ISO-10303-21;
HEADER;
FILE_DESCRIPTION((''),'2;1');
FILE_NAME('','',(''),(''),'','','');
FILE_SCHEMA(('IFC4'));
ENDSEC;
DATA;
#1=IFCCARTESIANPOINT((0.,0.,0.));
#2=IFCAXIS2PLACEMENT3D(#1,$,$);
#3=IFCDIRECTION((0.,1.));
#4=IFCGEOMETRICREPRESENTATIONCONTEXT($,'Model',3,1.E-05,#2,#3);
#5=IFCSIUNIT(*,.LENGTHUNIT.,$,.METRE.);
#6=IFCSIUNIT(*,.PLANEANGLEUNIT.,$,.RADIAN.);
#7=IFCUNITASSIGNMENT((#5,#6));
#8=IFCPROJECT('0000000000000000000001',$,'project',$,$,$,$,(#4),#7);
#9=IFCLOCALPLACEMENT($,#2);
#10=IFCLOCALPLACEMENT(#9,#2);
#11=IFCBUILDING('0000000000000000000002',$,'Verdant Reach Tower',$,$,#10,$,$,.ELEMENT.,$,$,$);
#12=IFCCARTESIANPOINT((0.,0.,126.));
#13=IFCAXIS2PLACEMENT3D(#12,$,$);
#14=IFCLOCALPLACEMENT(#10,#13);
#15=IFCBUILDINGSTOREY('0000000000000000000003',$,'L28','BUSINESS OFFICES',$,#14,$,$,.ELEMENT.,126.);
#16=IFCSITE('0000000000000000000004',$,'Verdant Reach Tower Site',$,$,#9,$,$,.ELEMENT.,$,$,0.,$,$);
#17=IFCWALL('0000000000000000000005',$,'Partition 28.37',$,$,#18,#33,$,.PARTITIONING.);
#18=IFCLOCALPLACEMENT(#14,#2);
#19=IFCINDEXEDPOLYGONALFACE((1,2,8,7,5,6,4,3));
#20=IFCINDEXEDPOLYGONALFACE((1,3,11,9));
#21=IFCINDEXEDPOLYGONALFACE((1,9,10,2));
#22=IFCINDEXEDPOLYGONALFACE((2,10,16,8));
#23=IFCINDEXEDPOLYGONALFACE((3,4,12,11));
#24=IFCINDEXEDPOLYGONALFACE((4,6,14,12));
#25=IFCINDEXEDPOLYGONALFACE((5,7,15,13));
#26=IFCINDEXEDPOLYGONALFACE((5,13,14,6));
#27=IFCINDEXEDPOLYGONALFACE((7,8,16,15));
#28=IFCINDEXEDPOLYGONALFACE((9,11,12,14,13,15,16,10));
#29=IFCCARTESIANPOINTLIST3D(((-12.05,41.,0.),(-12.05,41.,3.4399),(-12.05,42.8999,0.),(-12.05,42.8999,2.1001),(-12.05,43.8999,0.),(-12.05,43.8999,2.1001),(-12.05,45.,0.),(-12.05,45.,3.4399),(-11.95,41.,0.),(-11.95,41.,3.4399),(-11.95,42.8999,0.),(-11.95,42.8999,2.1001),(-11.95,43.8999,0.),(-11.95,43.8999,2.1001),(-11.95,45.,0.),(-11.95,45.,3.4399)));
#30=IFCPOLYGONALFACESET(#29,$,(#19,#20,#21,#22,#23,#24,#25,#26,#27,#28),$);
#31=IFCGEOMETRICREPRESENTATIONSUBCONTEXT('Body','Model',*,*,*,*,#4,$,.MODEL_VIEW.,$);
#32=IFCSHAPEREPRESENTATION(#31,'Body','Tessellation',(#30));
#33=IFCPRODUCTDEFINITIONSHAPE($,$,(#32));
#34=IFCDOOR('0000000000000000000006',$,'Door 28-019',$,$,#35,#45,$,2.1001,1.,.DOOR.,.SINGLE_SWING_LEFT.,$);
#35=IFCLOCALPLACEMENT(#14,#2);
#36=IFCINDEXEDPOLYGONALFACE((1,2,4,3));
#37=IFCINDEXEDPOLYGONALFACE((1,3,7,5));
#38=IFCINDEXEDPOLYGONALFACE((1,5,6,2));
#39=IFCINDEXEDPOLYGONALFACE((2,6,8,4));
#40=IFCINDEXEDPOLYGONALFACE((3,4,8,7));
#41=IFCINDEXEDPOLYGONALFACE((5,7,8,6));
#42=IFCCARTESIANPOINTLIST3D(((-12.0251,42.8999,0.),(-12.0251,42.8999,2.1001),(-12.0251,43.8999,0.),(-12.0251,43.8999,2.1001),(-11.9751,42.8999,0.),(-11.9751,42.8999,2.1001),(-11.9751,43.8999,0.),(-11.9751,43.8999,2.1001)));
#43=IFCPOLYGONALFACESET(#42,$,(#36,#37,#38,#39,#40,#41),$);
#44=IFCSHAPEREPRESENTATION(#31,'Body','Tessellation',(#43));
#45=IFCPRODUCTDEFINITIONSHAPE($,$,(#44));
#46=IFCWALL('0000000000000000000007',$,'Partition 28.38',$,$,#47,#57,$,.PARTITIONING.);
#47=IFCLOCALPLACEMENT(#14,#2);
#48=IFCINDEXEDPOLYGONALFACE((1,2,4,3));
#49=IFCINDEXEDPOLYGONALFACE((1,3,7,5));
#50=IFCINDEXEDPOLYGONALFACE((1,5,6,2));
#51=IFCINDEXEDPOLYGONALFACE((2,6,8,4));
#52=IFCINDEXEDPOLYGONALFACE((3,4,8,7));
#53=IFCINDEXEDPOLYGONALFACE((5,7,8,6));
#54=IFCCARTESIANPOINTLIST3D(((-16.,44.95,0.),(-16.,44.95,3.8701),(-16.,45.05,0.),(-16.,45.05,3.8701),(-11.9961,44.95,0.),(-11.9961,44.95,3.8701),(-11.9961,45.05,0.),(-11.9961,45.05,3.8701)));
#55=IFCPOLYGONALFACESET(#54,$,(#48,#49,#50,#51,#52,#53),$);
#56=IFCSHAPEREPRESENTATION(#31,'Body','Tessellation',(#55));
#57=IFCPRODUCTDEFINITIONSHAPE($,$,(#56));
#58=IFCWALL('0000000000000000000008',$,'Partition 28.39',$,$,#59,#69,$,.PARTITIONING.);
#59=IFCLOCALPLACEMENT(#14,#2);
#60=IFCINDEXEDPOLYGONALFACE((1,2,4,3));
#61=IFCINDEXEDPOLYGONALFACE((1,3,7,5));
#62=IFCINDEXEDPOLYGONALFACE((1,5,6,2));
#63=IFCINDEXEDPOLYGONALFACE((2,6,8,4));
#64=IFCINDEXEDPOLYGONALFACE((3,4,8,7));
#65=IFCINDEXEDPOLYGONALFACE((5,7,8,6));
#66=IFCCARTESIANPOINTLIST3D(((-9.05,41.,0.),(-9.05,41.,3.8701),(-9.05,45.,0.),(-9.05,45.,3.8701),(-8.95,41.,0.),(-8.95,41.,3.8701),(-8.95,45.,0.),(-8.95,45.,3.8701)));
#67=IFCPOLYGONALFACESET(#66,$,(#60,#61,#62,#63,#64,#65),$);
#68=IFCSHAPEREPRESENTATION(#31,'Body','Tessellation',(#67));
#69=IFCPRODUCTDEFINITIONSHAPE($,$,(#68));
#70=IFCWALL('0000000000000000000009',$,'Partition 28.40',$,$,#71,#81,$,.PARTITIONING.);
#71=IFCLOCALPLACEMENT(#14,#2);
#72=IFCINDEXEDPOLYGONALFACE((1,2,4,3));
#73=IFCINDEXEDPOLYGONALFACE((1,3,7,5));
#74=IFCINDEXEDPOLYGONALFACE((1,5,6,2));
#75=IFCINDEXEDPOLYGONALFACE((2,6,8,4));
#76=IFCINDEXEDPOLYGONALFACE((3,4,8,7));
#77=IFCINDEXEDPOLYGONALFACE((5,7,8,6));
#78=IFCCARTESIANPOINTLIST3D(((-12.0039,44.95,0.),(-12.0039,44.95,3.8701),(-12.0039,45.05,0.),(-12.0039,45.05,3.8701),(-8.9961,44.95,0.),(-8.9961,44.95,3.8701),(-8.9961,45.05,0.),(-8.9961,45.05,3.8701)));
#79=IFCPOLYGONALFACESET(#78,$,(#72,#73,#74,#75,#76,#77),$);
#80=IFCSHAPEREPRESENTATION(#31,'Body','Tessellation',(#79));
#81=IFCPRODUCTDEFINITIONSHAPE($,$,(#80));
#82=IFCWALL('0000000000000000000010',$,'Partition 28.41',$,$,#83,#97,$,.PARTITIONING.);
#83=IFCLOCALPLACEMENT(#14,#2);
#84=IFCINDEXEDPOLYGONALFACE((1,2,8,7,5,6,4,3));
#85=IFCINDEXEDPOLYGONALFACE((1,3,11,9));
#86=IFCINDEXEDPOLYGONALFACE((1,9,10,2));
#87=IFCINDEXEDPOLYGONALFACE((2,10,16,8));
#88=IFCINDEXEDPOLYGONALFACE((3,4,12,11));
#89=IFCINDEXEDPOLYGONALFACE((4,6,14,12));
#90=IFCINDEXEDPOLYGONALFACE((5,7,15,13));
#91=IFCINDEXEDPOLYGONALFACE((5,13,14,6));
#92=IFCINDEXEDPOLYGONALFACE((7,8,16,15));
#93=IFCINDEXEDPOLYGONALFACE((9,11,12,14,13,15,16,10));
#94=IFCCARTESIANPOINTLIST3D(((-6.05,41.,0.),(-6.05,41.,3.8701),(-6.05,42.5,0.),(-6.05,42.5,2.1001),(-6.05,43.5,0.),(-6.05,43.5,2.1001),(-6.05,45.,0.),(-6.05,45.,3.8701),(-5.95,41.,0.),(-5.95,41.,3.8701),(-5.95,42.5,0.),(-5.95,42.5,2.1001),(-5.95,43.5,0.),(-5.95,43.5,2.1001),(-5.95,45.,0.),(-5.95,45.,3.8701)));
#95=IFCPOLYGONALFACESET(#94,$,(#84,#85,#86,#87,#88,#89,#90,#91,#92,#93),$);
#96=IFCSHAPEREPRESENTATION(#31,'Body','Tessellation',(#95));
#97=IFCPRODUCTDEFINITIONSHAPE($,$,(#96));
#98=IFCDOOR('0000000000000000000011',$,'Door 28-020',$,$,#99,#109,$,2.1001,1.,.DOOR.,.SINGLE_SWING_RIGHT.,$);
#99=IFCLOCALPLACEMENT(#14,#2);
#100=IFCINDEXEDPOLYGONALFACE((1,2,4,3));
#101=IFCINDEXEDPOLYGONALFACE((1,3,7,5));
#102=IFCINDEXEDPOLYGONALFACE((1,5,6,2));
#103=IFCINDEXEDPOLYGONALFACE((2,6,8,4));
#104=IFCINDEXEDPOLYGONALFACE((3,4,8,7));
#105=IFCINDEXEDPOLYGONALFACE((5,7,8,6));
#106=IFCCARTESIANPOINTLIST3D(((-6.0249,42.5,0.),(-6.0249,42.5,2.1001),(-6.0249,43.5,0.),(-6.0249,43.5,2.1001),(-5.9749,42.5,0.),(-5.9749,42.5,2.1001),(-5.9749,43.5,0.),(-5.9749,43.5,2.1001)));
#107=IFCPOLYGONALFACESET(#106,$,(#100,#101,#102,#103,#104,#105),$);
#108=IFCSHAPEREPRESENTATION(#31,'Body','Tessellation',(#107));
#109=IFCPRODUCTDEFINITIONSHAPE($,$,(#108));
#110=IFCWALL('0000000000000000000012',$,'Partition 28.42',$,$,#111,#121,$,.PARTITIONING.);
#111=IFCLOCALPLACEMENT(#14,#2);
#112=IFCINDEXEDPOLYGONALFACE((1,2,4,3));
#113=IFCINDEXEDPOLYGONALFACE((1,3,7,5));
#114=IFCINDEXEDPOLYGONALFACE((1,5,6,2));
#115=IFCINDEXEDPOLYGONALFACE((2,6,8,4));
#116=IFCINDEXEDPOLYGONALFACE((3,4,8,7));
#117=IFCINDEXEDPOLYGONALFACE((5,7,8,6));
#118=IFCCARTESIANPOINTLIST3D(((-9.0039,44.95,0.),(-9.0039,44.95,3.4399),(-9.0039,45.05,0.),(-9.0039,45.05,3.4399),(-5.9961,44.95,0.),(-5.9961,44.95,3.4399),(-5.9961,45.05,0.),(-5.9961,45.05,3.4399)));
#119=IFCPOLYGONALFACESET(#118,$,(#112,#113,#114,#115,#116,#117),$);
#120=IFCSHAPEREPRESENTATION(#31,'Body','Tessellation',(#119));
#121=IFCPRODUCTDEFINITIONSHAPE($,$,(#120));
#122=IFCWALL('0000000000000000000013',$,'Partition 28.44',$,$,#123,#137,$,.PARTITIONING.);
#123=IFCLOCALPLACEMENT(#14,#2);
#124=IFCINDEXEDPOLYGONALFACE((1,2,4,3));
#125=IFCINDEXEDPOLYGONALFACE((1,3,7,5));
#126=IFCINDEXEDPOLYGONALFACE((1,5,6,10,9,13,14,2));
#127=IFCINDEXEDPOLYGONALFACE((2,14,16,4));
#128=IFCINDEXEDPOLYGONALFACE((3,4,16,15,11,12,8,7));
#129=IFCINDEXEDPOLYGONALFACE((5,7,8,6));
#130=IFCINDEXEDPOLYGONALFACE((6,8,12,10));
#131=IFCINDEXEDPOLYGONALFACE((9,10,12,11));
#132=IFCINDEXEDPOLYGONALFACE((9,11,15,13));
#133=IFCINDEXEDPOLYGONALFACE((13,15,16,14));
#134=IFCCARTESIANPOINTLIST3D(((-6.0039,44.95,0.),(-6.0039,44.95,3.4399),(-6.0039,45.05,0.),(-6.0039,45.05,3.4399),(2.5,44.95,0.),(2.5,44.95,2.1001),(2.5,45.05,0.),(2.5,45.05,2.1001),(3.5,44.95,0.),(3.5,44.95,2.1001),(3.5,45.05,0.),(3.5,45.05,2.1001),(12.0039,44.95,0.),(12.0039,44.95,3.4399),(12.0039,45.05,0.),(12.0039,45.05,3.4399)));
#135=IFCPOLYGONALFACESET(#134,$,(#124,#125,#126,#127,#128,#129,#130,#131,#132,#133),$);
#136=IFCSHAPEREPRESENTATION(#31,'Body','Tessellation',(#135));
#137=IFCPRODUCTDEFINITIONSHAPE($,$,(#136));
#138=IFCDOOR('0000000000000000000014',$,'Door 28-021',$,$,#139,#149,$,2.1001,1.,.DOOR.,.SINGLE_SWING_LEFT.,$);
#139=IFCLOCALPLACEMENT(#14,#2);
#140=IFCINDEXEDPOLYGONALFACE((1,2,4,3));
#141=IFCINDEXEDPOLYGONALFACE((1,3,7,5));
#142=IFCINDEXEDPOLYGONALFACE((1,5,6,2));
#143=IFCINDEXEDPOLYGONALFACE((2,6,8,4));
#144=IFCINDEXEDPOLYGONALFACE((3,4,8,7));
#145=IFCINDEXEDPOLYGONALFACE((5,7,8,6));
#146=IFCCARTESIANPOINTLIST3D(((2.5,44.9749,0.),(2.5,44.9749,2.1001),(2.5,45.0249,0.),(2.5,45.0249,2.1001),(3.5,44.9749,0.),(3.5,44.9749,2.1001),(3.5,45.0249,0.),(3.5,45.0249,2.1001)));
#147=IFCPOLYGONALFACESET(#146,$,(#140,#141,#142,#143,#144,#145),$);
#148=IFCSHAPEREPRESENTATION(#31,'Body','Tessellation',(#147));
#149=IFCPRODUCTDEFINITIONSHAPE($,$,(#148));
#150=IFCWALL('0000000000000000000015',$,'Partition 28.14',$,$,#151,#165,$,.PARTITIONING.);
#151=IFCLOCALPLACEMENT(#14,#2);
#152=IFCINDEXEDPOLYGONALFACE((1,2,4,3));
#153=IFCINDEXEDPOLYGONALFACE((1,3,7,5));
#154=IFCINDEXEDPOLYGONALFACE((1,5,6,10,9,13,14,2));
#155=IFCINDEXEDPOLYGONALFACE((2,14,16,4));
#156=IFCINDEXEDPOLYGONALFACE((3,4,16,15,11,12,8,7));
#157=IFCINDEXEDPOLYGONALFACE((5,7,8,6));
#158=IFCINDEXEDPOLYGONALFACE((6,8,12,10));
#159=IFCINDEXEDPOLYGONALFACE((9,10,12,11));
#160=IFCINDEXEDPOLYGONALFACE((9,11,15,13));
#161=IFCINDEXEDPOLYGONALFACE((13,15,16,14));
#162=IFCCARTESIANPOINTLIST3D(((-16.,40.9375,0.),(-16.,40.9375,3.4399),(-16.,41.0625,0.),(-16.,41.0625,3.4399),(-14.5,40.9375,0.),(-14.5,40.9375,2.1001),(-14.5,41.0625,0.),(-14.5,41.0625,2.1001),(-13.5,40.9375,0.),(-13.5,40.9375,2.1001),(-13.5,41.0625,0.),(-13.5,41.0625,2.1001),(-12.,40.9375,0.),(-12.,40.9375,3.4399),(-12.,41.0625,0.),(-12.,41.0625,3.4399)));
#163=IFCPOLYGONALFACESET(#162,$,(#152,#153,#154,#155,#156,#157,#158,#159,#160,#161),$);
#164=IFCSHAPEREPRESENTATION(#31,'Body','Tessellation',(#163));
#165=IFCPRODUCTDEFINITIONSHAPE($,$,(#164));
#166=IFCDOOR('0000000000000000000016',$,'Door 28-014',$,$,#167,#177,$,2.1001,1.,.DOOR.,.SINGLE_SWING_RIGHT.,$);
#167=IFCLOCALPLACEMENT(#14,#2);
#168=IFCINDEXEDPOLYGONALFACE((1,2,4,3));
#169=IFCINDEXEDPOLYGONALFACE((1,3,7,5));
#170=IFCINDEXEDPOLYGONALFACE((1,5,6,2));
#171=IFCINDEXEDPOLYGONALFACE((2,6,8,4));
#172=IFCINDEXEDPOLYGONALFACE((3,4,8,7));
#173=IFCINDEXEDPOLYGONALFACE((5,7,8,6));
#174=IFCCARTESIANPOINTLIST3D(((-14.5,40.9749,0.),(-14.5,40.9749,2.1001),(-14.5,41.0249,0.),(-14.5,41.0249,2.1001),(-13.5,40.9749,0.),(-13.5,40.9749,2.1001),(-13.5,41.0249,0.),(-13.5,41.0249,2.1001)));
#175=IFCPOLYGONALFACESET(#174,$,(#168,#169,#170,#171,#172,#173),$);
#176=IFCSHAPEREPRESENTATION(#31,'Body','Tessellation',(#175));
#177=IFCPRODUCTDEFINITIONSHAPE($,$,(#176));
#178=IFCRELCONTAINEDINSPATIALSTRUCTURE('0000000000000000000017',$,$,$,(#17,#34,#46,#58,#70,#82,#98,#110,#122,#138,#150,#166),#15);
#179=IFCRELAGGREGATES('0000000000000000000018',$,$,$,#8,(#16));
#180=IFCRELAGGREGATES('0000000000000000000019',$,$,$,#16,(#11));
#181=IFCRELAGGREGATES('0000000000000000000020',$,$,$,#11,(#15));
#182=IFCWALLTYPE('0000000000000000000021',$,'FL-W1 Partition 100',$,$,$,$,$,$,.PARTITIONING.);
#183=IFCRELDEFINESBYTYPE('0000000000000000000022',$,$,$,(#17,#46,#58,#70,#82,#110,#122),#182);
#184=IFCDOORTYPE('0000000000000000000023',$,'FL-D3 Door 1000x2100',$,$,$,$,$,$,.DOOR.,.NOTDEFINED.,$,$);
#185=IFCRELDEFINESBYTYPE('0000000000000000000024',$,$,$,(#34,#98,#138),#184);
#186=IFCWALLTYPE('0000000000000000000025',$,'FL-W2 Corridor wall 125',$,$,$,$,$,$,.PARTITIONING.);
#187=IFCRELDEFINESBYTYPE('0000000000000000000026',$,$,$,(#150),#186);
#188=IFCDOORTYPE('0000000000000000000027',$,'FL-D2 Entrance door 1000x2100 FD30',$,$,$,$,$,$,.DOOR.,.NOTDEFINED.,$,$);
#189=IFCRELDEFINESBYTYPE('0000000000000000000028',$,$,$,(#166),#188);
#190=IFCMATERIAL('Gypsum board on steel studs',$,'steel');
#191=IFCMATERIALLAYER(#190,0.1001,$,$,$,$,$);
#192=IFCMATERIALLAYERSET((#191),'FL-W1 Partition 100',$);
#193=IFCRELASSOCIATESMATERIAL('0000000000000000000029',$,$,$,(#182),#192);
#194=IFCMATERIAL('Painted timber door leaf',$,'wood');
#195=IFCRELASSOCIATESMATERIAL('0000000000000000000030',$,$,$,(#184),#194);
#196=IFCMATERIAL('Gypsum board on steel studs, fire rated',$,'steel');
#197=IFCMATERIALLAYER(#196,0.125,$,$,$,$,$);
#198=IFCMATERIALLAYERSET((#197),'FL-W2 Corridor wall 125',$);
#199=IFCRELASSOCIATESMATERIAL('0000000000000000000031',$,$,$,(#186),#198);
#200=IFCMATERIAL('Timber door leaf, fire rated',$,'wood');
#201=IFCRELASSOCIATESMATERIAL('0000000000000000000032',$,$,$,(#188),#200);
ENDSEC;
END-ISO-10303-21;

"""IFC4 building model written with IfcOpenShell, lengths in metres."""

from ifc_helpers import new_model, si_unit, direction, frame, frame_2d, origin, place, context, subcontext, project, spatial, rectangle, extrude, material, layer, layer_set, type_object, element, fill, save


model = new_model("IFC4")

# Units and contexts
model_context = context("Model", 3, precision=1e-05, world=origin(), true_north=direction((0.0, 1.0)))
body_context = subcontext(model_context, "Body", "Model", "MODEL_VIEW")
ifc_project = project(units=[si_unit("LENGTHUNIT", "METRE"), si_unit("PLANEANGLEUNIT", "RADIAN")], contexts=[model_context])

# Site, building, storey
site_placement = place(None, origin())
site = spatial("IfcSite", under=ifc_project, at=site_placement, Name="Verdant Reach Tower Site", CompositionType="ELEMENT", RefElevation=0.0)
building_placement = place(site_placement, origin())
building = spatial("IfcBuilding", under=site, at=building_placement, Name="Verdant Reach Tower", CompositionType="ELEMENT")
storey_placement = place(building_placement, frame((0.0, 0.0, 126.0)))
storey = spatial("IfcBuildingStorey", under=building, at=storey_placement, Name="L28", Description="BUSINESS OFFICES", CompositionType="ELEMENT", Elevation=126.0)

# Shared definitions
ifc_material_1 = material(Name="Gypsum board on steel studs", Category="steel")
ifc_layer_1 = layer(ifc_material_1, 0.1001)
ifc_layer_set_1 = layer_set([ifc_layer_1], Name="FL-W1 Partition 100")
wall_type_1 = type_object("IfcWallType", Name="FL-W1 Partition 100", PredefinedType="PARTITIONING", material=ifc_layer_set_1)

# Wall, opening, door
wall_1_placement = place(storey_placement, frame((-12.0, 45.0, 0.0), z_axis=(0.0, 0.0, 1.0), x_axis=(0.0, -1.0, 0.0)))
wall_1 = element("IfcWall", 1, at=wall_1_placement, inside=storey, type_object=wall_type_1, Name="Partition 28.37", PredefinedType="PARTITIONING", context=body_context, shape_type="SweptSolid", body=[
    extrude(rectangle(XDim=4.0, YDim=0.1001, at=frame_2d((2.0, 0.0))), origin(), (0.0, 0.0, 1.0), 3.4399),
])
opening_1_placement = place(wall_1_placement, frame((1.1001, 0.0, 0.0)))
opening_1 = element("IfcOpeningElement", 2, at=opening_1_placement, cuts=wall_1, PredefinedType="OPENING", context=body_context, shape_type="SweptSolid", body=[
    extrude(rectangle(XDim=1.0, YDim=2.1001, at=frame_2d((0.5, 1.05))), frame((0.0, 0.0601, 0.0), z_axis=(0.0, -1.0, 0.0), x_axis=(1.0, 0.0, 0.0)), (0.0, 0.0, 1.0), 0.1201),
])
ifc_material_2 = material(Name="Painted timber door leaf", Category="wood")
door_type_1 = type_object("IfcDoorType", Name="FL-D3 Door 1000x2100", OperationType="NOTDEFINED", PredefinedType="DOOR", material=ifc_material_2)
door_1_placement = place(opening_1_placement, origin())
door_1 = element("IfcDoor", 3, at=door_1_placement, inside=storey, type_object=door_type_1, Name="Door 28-019", OperationType="SINGLE_SWING_LEFT", OverallHeight=2.1001, OverallWidth=1.0, PredefinedType="DOOR", context=body_context, shape_type="SweptSolid", body=[
    extrude(rectangle(XDim=1.0, YDim=2.1001, at=frame_2d((0.5, 1.05))), frame((0.0, 0.0249, 0.0), z_axis=(0.0, -1.0, 0.0), x_axis=(1.0, 0.0, 0.0)), (0.0, 0.0, 1.0), 0.05),
])
fill(opening_1, door_1)

# Walls
wall_2_placement = place(storey_placement, frame((-11.9961, 45.0, 0.0), z_axis=(0.0, 0.0, 1.0), x_axis=(-1.0, 0.0, 0.0)))
element("IfcWall", 4, at=wall_2_placement, inside=storey, type_object=wall_type_1, Name="Partition 28.38", PredefinedType="PARTITIONING", context=body_context, shape_type="SweptSolid", body=[
    extrude(rectangle(XDim=4.0039, YDim=0.1001, at=frame_2d((2.002, 0.0))), origin(), (0.0, 0.0, 1.0), 3.8701),
])
wall_3_placement = place(storey_placement, frame((-9.0, 41.0, 0.0), z_axis=(0.0, 0.0, 1.0), x_axis=(0.0, 1.0, 0.0)))
element("IfcWall", 5, at=wall_3_placement, inside=storey, type_object=wall_type_1, Name="Partition 28.39", PredefinedType="PARTITIONING", context=body_context, shape_type="SweptSolid", body=[
    extrude(rectangle(XDim=4.0, YDim=0.1001, at=frame_2d((2.0, 0.0))), origin(), (0.0, 0.0, 1.0), 3.8701),
])
wall_4_placement = place(storey_placement, frame((-8.9961, 45.0, 0.0), z_axis=(0.0, 0.0, 1.0), x_axis=(-1.0, 0.0, 0.0)))
element("IfcWall", 6, at=wall_4_placement, inside=storey, type_object=wall_type_1, Name="Partition 28.40", PredefinedType="PARTITIONING", context=body_context, shape_type="SweptSolid", body=[
    extrude(rectangle(XDim=3.0078, YDim=0.1001, at=frame_2d((1.5039, 0.0))), origin(), (0.0, 0.0, 1.0), 3.8701),
])

# Wall, opening, door
wall_5_placement = place(storey_placement, frame((-6.0, 41.0, 0.0), z_axis=(0.0, 0.0, 1.0), x_axis=(0.0, 1.0, 0.0)))
wall_5 = element("IfcWall", 7, at=wall_5_placement, inside=storey, type_object=wall_type_1, Name="Partition 28.41", PredefinedType="PARTITIONING", context=body_context, shape_type="SweptSolid", body=[
    extrude(rectangle(XDim=4.0, YDim=0.1001, at=frame_2d((2.0, 0.0))), origin(), (0.0, 0.0, 1.0), 3.8701),
])
opening_2_placement = place(wall_5_placement, frame((1.5, 0.0, 0.0)))
opening_2 = element("IfcOpeningElement", 8, at=opening_2_placement, cuts=wall_5, PredefinedType="OPENING", context=body_context, shape_type="SweptSolid", body=[
    extrude(rectangle(XDim=1.0, YDim=2.1001, at=frame_2d((0.5, 1.05))), frame((0.0, 0.0601, 0.0), z_axis=(0.0, -1.0, 0.0), x_axis=(1.0, 0.0, 0.0)), (0.0, 0.0, 1.0), 0.1201),
])
door_2_placement = place(opening_2_placement, origin())
door_2 = element("IfcDoor", 9, at=door_2_placement, inside=storey, type_object=door_type_1, Name="Door 28-020", OperationType="SINGLE_SWING_RIGHT", OverallHeight=2.1001, OverallWidth=1.0, PredefinedType="DOOR", context=body_context, shape_type="SweptSolid", body=[
    extrude(rectangle(XDim=1.0, YDim=2.1001, at=frame_2d((0.5, 1.05))), frame((0.0, 0.0249, 0.0), z_axis=(0.0, -1.0, 0.0), x_axis=(1.0, 0.0, 0.0)), (0.0, 0.0, 1.0), 0.05),
])
fill(opening_2, door_2)

# Wall
wall_6_placement = place(storey_placement, frame((-5.9961, 45.0, 0.0), z_axis=(0.0, 0.0, 1.0), x_axis=(-1.0, 0.0, 0.0)))
element("IfcWall", 10, at=wall_6_placement, inside=storey, type_object=wall_type_1, Name="Partition 28.42", PredefinedType="PARTITIONING", context=body_context, shape_type="SweptSolid", body=[
    extrude(rectangle(XDim=3.0078, YDim=0.1001, at=frame_2d((1.5039, 0.0))), origin(), (0.0, 0.0, 1.0), 3.4399),
])

# Walls, openings, doors
wall_7_placement = place(storey_placement, frame((-6.0039, 45.0, 0.0), z_axis=(0.0, 0.0, 1.0), x_axis=(1.0, 0.0, 0.0)))
wall_7 = element("IfcWall", 11, at=wall_7_placement, inside=storey, type_object=wall_type_1, Name="Partition 28.44", PredefinedType="PARTITIONING", context=body_context, shape_type="SweptSolid", body=[
    extrude(rectangle(XDim=18.0078, YDim=0.1001, at=frame_2d((9.0039, 0.0))), origin(), (0.0, 0.0, 1.0), 3.4399),
])
opening_3_placement = place(wall_7_placement, frame((8.5039, 0.0, 0.0)))
opening_3 = element("IfcOpeningElement", 12, at=opening_3_placement, cuts=wall_7, PredefinedType="OPENING", context=body_context, shape_type="SweptSolid", body=[
    extrude(rectangle(XDim=1.0, YDim=2.1001, at=frame_2d((0.5, 1.05))), frame((0.0, 0.0601, 0.0), z_axis=(0.0, -1.0, 0.0), x_axis=(1.0, 0.0, 0.0)), (0.0, 0.0, 1.0), 0.1201),
])
door_3_placement = place(opening_3_placement, origin())
door_3 = element("IfcDoor", 13, at=door_3_placement, inside=storey, type_object=door_type_1, Name="Door 28-021", OperationType="SINGLE_SWING_LEFT", OverallHeight=2.1001, OverallWidth=1.0, PredefinedType="DOOR", context=body_context, shape_type="SweptSolid", body=[
    extrude(rectangle(XDim=1.0, YDim=2.1001, at=frame_2d((0.5, 1.05))), frame((0.0, 0.0249, 0.0), z_axis=(0.0, -1.0, 0.0), x_axis=(1.0, 0.0, 0.0)), (0.0, 0.0, 1.0), 0.05),
])
fill(opening_3, door_3)
ifc_material_3 = material(Name="Gypsum board on steel studs, fire rated", Category="steel")
ifc_layer_2 = layer(ifc_material_3, 0.125)
ifc_layer_set_2 = layer_set([ifc_layer_2], Name="FL-W2 Corridor wall 125")
wall_type_2 = type_object("IfcWallType", Name="FL-W2 Corridor wall 125", PredefinedType="PARTITIONING", material=ifc_layer_set_2)
wall_8_placement = place(storey_placement, frame((-16.0, 41.0, 0.0), z_axis=(0.0, 0.0, 1.0), x_axis=(1.0, 0.0, 0.0)))
wall_8 = element("IfcWall", 14, at=wall_8_placement, inside=storey, type_object=wall_type_2, Name="Partition 28.14", PredefinedType="PARTITIONING", context=body_context, shape_type="SweptSolid", body=[
    extrude(rectangle(XDim=4.0, YDim=0.125, at=frame_2d((2.0, 0.0))), origin(), (0.0, 0.0, 1.0), 3.4399),
])
opening_4_placement = place(wall_8_placement, frame((1.5, 0.0, 0.0)))
opening_4 = element("IfcOpeningElement", 15, at=opening_4_placement, cuts=wall_8, PredefinedType="OPENING", context=body_context, shape_type="SweptSolid", body=[
    extrude(rectangle(XDim=1.0, YDim=2.1001, at=frame_2d((0.5, 1.05))), frame((0.0, 0.0725, 0.0), z_axis=(0.0, -1.0, 0.0), x_axis=(1.0, 0.0, 0.0)), (0.0, 0.0, 1.0), 0.145),
])
ifc_material_4 = material(Name="Timber door leaf, fire rated", Category="wood")
door_type_2 = type_object("IfcDoorType", Name="FL-D2 Entrance door 1000x2100 FD30", OperationType="NOTDEFINED", PredefinedType="DOOR", material=ifc_material_4)
door_4_placement = place(opening_4_placement, origin())
door_4 = element("IfcDoor", 16, at=door_4_placement, inside=storey, type_object=door_type_2, Name="Door 28-014", OperationType="SINGLE_SWING_RIGHT", OverallHeight=2.1001, OverallWidth=1.0, PredefinedType="DOOR", context=body_context, shape_type="SweptSolid", body=[
    extrude(rectangle(XDim=1.0, YDim=2.1001, at=frame_2d((0.5, 1.05))), frame((0.0, 0.0249, 0.0), z_axis=(0.0, -1.0, 0.0), x_axis=(1.0, 0.0, 0.0)), (0.0, 0.0, 1.0), 0.05),
])
fill(opening_4, door_4)

save(model, "model.ifc")
